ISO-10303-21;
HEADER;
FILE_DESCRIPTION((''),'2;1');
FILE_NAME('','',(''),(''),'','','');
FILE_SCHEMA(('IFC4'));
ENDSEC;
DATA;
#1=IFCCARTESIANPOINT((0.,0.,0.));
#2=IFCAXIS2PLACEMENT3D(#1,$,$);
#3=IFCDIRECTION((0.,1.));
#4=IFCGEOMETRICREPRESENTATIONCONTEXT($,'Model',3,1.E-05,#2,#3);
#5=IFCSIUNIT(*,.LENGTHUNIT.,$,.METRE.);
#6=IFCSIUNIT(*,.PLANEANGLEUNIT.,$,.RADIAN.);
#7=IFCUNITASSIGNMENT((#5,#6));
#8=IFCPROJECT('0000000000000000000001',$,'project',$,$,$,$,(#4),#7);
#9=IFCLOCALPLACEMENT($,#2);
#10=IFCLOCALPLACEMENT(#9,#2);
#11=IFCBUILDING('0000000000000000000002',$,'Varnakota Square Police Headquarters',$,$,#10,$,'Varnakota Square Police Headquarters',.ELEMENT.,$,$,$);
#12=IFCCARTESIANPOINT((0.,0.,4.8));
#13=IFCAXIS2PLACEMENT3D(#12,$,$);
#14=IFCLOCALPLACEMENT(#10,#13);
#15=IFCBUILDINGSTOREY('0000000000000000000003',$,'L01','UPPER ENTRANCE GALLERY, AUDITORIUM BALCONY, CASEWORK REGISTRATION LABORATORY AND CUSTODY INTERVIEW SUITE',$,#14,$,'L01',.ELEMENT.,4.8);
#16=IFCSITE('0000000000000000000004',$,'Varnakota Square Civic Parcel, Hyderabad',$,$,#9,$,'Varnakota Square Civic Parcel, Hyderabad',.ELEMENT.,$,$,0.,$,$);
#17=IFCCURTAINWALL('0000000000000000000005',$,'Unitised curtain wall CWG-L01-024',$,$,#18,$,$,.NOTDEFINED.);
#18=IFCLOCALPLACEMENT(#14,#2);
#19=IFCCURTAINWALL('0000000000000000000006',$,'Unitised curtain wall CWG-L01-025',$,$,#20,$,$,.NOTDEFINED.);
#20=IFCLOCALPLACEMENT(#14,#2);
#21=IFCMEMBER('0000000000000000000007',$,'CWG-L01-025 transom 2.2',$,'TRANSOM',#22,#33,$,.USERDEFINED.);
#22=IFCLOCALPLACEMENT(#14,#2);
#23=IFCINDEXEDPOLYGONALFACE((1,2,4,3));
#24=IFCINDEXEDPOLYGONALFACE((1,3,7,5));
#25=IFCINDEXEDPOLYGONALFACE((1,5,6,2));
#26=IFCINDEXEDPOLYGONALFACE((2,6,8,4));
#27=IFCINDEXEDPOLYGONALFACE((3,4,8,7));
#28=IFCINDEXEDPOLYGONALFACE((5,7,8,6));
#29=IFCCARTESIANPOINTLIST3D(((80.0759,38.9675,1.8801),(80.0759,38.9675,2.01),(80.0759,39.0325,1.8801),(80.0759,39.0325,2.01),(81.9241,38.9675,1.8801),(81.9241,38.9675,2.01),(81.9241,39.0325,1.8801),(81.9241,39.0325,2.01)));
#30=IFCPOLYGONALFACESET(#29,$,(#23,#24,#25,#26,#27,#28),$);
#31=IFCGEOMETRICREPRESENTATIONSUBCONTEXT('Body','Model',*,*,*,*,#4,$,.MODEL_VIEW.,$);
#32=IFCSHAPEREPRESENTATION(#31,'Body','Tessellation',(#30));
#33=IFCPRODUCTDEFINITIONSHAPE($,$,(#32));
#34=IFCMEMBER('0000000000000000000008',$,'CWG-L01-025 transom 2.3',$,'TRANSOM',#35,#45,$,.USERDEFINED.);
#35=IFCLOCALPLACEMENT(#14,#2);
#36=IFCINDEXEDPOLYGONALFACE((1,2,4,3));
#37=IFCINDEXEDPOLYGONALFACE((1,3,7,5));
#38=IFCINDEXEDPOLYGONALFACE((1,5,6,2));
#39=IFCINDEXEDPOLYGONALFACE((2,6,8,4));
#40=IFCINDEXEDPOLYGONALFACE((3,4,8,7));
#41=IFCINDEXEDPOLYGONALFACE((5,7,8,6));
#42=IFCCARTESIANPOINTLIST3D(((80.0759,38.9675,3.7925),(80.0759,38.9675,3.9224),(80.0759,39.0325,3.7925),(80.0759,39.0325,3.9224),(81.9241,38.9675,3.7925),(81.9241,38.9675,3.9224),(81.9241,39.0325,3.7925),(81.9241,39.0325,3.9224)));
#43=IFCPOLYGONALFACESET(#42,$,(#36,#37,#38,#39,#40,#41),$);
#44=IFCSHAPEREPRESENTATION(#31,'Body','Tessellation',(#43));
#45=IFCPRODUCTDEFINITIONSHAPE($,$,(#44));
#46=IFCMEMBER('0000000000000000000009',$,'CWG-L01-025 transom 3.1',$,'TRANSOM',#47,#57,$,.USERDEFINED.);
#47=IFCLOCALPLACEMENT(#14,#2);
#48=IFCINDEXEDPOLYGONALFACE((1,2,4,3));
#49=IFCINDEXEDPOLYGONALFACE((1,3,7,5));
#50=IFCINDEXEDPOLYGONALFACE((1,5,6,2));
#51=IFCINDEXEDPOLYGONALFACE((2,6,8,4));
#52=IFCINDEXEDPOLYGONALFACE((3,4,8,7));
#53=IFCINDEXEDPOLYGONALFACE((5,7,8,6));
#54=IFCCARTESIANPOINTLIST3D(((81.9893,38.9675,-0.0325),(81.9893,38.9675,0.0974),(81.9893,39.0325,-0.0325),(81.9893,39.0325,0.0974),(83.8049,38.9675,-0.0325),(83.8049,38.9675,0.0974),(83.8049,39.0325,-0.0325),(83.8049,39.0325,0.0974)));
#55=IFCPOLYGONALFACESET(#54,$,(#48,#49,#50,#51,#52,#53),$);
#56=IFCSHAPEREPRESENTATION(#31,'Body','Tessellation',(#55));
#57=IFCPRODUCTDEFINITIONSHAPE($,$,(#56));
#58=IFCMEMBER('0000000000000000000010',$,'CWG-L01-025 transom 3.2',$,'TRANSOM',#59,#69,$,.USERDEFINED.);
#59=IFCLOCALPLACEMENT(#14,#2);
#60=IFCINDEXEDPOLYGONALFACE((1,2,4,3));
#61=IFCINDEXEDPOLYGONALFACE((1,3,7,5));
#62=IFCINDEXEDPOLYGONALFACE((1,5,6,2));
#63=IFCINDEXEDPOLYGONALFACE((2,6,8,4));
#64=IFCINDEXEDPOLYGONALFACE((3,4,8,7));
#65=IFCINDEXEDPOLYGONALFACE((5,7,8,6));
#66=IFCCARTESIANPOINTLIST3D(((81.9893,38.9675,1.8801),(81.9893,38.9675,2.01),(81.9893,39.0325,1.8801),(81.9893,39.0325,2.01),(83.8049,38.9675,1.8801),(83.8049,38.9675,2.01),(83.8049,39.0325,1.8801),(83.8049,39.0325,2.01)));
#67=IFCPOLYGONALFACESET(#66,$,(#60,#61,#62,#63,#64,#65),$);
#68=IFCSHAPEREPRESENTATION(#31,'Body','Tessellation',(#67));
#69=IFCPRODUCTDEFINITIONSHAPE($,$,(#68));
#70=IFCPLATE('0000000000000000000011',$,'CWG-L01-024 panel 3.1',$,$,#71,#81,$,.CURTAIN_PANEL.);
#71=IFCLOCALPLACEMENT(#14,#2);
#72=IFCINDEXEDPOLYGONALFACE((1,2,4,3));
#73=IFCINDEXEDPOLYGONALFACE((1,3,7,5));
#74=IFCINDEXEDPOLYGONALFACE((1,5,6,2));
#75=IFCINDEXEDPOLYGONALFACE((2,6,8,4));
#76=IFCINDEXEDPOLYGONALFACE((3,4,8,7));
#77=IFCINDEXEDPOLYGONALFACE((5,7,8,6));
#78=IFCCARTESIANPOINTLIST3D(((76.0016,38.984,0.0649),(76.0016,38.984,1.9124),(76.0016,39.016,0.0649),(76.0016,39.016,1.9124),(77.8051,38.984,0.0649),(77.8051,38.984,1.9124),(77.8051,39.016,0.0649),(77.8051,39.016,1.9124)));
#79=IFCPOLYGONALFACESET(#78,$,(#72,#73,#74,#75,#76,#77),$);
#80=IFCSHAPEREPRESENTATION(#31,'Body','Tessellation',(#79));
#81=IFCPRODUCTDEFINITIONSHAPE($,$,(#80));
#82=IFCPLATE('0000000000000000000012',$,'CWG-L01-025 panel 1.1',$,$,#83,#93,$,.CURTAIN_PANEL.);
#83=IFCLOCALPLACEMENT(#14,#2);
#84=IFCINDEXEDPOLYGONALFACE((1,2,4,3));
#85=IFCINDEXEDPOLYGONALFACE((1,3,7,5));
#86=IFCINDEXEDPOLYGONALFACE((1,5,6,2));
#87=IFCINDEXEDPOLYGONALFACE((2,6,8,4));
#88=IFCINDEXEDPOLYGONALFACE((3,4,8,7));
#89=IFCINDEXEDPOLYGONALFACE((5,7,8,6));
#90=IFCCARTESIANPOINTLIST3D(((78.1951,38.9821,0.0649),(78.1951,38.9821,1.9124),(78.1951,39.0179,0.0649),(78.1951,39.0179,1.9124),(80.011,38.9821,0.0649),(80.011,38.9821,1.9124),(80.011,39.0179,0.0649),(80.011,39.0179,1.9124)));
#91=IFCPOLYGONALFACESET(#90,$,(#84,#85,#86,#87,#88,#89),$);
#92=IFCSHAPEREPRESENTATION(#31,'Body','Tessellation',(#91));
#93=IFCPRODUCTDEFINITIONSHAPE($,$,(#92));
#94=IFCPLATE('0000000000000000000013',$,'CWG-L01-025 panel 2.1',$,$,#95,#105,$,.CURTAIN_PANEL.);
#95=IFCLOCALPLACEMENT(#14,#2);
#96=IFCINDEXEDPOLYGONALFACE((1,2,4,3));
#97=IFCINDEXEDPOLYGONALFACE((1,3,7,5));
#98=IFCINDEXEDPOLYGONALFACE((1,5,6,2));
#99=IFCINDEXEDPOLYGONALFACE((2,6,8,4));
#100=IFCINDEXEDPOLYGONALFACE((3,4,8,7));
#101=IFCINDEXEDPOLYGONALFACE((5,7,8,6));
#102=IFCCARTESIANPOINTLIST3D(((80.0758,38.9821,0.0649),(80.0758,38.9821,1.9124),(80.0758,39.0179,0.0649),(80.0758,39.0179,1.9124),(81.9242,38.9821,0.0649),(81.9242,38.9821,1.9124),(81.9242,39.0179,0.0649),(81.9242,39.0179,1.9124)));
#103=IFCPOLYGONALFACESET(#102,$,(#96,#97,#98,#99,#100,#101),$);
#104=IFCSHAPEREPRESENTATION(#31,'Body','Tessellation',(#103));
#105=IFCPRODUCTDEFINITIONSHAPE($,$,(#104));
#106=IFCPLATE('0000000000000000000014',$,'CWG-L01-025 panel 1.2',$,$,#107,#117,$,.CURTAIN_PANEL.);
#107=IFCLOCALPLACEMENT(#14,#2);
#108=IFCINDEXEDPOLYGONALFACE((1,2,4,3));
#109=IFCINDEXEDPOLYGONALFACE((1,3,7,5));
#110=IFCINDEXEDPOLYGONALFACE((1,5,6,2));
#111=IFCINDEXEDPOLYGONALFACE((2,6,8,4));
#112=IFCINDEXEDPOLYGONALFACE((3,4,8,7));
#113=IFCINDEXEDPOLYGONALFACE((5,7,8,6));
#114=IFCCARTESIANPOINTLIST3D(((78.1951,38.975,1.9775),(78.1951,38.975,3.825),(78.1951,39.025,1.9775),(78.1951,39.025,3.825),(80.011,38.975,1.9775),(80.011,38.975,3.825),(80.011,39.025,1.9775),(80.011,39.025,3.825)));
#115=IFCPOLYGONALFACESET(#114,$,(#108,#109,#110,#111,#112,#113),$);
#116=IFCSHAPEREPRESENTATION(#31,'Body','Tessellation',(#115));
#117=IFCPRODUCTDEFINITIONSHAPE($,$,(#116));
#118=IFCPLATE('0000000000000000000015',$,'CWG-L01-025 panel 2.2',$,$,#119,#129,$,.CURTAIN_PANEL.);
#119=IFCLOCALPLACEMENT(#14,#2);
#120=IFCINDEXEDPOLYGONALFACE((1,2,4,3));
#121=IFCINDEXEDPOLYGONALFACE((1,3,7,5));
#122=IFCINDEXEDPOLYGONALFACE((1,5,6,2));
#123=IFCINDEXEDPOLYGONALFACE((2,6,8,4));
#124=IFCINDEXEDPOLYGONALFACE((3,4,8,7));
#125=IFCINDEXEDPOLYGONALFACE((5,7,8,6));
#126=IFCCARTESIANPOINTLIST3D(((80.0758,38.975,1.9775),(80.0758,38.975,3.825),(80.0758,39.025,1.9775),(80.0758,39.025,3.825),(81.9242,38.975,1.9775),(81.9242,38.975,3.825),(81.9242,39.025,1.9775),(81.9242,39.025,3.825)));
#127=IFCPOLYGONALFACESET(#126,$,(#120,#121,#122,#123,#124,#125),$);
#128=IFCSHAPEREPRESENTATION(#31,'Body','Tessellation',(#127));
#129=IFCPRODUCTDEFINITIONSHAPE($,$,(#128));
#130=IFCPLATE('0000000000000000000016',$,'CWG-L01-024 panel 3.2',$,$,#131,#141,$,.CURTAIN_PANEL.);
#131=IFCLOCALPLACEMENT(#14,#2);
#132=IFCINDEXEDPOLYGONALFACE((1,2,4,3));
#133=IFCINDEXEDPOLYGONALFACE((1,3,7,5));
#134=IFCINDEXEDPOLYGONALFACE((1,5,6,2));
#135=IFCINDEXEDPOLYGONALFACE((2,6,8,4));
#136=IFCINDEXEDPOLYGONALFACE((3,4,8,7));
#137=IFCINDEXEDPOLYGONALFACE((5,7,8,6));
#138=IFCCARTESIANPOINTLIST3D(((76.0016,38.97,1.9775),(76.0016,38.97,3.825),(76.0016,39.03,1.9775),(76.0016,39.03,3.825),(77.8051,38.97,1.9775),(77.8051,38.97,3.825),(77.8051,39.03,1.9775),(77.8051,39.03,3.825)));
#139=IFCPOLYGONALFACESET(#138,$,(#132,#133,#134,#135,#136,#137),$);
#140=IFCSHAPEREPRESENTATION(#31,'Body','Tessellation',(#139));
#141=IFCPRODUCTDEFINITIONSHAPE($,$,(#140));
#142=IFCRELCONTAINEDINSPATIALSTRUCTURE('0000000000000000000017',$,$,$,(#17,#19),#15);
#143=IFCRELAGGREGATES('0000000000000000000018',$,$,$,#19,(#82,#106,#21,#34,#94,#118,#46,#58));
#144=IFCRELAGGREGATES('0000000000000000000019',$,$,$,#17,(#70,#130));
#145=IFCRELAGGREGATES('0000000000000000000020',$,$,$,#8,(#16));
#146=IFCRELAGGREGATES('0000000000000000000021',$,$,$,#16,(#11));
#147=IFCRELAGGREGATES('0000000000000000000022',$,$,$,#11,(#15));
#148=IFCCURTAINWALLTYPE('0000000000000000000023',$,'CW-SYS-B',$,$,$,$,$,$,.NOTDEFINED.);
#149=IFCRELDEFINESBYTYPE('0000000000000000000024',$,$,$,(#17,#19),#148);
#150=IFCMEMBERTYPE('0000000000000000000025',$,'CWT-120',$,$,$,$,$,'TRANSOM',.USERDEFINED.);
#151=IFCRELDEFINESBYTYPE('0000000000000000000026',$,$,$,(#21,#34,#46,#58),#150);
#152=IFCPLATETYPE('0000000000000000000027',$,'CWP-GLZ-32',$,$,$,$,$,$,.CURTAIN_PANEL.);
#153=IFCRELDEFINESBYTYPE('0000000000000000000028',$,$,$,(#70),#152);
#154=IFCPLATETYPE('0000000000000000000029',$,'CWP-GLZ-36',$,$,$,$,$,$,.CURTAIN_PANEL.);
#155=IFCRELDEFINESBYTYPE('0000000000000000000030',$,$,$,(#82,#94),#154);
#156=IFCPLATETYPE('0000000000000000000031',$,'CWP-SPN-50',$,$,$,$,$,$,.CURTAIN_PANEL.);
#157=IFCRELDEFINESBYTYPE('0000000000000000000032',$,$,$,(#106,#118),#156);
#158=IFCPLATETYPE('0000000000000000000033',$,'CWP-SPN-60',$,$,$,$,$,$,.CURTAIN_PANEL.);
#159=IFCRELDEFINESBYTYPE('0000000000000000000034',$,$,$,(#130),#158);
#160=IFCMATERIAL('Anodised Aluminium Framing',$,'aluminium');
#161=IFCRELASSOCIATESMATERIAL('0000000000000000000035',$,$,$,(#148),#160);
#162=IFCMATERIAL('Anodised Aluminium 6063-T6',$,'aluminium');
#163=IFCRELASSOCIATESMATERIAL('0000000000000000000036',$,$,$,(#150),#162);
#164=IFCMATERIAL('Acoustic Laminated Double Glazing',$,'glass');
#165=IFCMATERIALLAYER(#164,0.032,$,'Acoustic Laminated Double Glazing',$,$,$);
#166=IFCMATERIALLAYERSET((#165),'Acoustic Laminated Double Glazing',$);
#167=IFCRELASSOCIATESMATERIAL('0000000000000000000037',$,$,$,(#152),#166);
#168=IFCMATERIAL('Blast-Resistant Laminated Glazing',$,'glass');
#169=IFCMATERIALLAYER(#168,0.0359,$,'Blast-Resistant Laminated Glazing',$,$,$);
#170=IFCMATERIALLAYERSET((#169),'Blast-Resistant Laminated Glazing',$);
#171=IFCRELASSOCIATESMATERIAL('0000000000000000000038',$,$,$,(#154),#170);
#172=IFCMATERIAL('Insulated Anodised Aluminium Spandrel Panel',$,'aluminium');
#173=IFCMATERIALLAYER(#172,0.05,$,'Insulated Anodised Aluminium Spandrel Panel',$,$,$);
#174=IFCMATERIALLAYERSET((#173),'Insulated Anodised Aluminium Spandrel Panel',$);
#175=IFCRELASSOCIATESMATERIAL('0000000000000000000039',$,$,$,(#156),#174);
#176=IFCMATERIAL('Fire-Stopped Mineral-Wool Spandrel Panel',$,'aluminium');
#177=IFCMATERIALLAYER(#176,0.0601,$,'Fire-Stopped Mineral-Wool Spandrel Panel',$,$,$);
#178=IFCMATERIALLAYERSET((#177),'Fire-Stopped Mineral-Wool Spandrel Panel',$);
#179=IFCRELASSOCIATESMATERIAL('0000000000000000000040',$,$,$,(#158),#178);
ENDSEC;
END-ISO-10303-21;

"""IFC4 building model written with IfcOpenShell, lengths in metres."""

from ifc_helpers import new_model, si_unit, direction, frame, origin, origin_2d, place, context, subcontext, project, spatial, rectangle, extrude, material, layer, layer_set, material_profile, profile_set, type_object, element, aggregate, save


model = new_model("IFC4")

# Units and contexts
model_context = context("Model", 3, precision=1e-05, world=origin(), true_north=direction((0.0, 1.0)))
body_context = subcontext(model_context, "Body", "Model", "MODEL_VIEW")
ifc_project = project(units=[si_unit("LENGTHUNIT", "METRE"), si_unit("PLANEANGLEUNIT", "RADIAN")], contexts=[model_context])

# Site, building, storey
site_placement = place(None, origin())
site = spatial("IfcSite", under=ifc_project, at=site_placement, Name="Varnakota Square Civic Parcel, Hyderabad", LongName="Varnakota Square Civic Parcel, Hyderabad", CompositionType="ELEMENT", RefElevation=0.0)
building_placement = place(site_placement, origin())
building = spatial("IfcBuilding", under=site, at=building_placement, Name="Varnakota Square Police Headquarters", LongName="Varnakota Square Police Headquarters", CompositionType="ELEMENT")
storey_placement = place(building_placement, frame((0.0, 0.0, 4.8)))
storey = spatial("IfcBuildingStorey", under=building, at=storey_placement, Name="L01", Description="UPPER ENTRANCE GALLERY, AUDITORIUM BALCONY, CASEWORK REGISTRATION LABORATORY AND CUSTODY INTERVIEW SUITE", LongName="L01", CompositionType="ELEMENT", Elevation=4.8)

# Curtain wall
ifc_material_1 = material(Name="Anodised Aluminium Framing", Category="aluminium")
curtain_wall_type = type_object("IfcCurtainWallType", Name="CW-SYS-B", PredefinedType="NOTDEFINED", material=ifc_material_1)
curtain_wall_1_placement = place(storey_placement, origin())
curtain_wall_1 = element("IfcCurtainWall", 1, at=curtain_wall_1_placement, inside=storey, type_object=curtain_wall_type, Name="Unitised curtain wall CWG-L01-024", PredefinedType="NOTDEFINED")
ifc_material_2 = material(Name="Anodised Aluminium 6063-T6", Category="aluminium")

# Curtain wall
curtain_wall_2_placement = place(storey_placement, origin())
curtain_wall_2 = element("IfcCurtainWall", 2, at=curtain_wall_2_placement, inside=storey, type_object=curtain_wall_type, Name="Unitised curtain wall CWG-L01-025", PredefinedType="NOTDEFINED")

# Members
ifc_material_profile_1 = material_profile(ifc_material_2, rectangle(XDim=0.0649, YDim=0.1299, at=origin_2d()), Name="ALU TRANSOM 65x130")
ifc_profile_set_1 = profile_set([ifc_material_profile_1], Name="Anodised Aluminium 6063-T6")
member_type_1 = type_object("IfcMemberType", Name="CWT-120", ElementType="TRANSOM", PredefinedType="USERDEFINED", material=ifc_profile_set_1)
member_1_placement = place(storey_placement, frame((80.0759, 39.0, 1.9451), z_axis=(1.0, 0.0, 0.0), x_axis=(0.0, 1.0, 0.0)))
member_1 = element("IfcMember", 3, at=member_1_placement, type_object=member_type_1, Name="CWG-L01-025 transom 2.2", ObjectType="TRANSOM", PredefinedType="USERDEFINED", context=body_context, shape_type="SweptSolid", body=[
    extrude(rectangle(XDim=0.0649, YDim=0.1299, at=origin_2d()), origin(), (0.0, 0.0, 1.0), 1.8481),
])
member_2_placement = place(storey_placement, frame((80.0759, 39.0, 3.8574), z_axis=(1.0, 0.0, 0.0), x_axis=(0.0, 1.0, 0.0)))
member_2 = element("IfcMember", 4, at=member_2_placement, type_object=member_type_1, Name="CWG-L01-025 transom 2.3", ObjectType="TRANSOM", PredefinedType="USERDEFINED", context=body_context, shape_type="SweptSolid", body=[
    extrude(rectangle(XDim=0.0649, YDim=0.1299, at=origin_2d()), origin(), (0.0, 0.0, 1.0), 1.8481),
])
member_3_placement = place(storey_placement, frame((81.9893, 39.0, 0.0325), z_axis=(1.0, 0.0, 0.0), x_axis=(0.0, 1.0, 0.0)))
member_3 = element("IfcMember", 5, at=member_3_placement, type_object=member_type_1, Name="CWG-L01-025 transom 3.1", ObjectType="TRANSOM", PredefinedType="USERDEFINED", context=body_context, shape_type="SweptSolid", body=[
    extrude(rectangle(XDim=0.0649, YDim=0.1299, at=origin_2d()), origin(), (0.0, 0.0, 1.0), 1.8157),
])
member_4_placement = place(storey_placement, frame((81.9893, 39.0, 1.9451), z_axis=(1.0, 0.0, 0.0), x_axis=(0.0, 1.0, 0.0)))
member_4 = element("IfcMember", 6, at=member_4_placement, type_object=member_type_1, Name="CWG-L01-025 transom 3.2", ObjectType="TRANSOM", PredefinedType="USERDEFINED", context=body_context, shape_type="SweptSolid", body=[
    extrude(rectangle(XDim=0.0649, YDim=0.1299, at=origin_2d()), origin(), (0.0, 0.0, 1.0), 1.8157),
])

# Plates
ifc_material_3 = material(Name="Acoustic Laminated Double Glazing", Category="glass")
ifc_layer_1 = layer(ifc_material_3, 0.032, Name="Acoustic Laminated Double Glazing")
ifc_layer_set_1 = layer_set([ifc_layer_1], Name="Acoustic Laminated Double Glazing")
plate_type_1 = type_object("IfcPlateType", Name="CWP-GLZ-32", PredefinedType="CURTAIN_PANEL", material=ifc_layer_set_1)
plate_1_placement = place(storey_placement, frame((76.9033, 39.0, 0.0649), z_axis=(0.0, 0.0, 1.0), x_axis=(1.0, 0.0, 0.0)))
plate_1 = element("IfcPlate", 7, at=plate_1_placement, type_object=plate_type_1, Name="CWG-L01-024 panel 3.1", PredefinedType="CURTAIN_PANEL", context=body_context, shape_type="SweptSolid", body=[
    extrude(rectangle(XDim=1.8035, YDim=0.032, at=origin_2d()), origin(), (0.0, 0.0, 1.0), 1.8474),
])
ifc_material_4 = material(Name="Blast-Resistant Laminated Glazing", Category="glass")
ifc_layer_2 = layer(ifc_material_4, 0.0359, Name="Blast-Resistant Laminated Glazing")
ifc_layer_set_2 = layer_set([ifc_layer_2], Name="Blast-Resistant Laminated Glazing")
plate_type_2 = type_object("IfcPlateType", Name="CWP-GLZ-36", PredefinedType="CURTAIN_PANEL", material=ifc_layer_set_2)
plate_2_placement = place(storey_placement, frame((79.103, 39.0, 0.0649), z_axis=(0.0, 0.0, 1.0), x_axis=(1.0, 0.0, 0.0)))
plate_2 = element("IfcPlate", 8, at=plate_2_placement, type_object=plate_type_2, Name="CWG-L01-025 panel 1.1", PredefinedType="CURTAIN_PANEL", context=body_context, shape_type="SweptSolid", body=[
    extrude(rectangle(XDim=1.8159, YDim=0.0359, at=origin_2d()), origin(), (0.0, 0.0, 1.0), 1.8474),
])
plate_3_placement = place(storey_placement, frame((81.0, 39.0, 0.0649), z_axis=(0.0, 0.0, 1.0), x_axis=(1.0, 0.0, 0.0)))
plate_3 = element("IfcPlate", 9, at=plate_3_placement, type_object=plate_type_2, Name="CWG-L01-025 panel 2.1", PredefinedType="CURTAIN_PANEL", context=body_context, shape_type="SweptSolid", body=[
    extrude(rectangle(XDim=1.8484, YDim=0.0359, at=origin_2d()), origin(), (0.0, 0.0, 1.0), 1.8474),
])
ifc_material_5 = material(Name="Insulated Anodised Aluminium Spandrel Panel", Category="aluminium")
ifc_layer_3 = layer(ifc_material_5, 0.05, Name="Insulated Anodised Aluminium Spandrel Panel")
ifc_layer_set_3 = layer_set([ifc_layer_3], Name="Insulated Anodised Aluminium Spandrel Panel")
plate_type_3 = type_object("IfcPlateType", Name="CWP-SPN-50", PredefinedType="CURTAIN_PANEL", material=ifc_layer_set_3)
plate_4_placement = place(storey_placement, frame((79.103, 39.0, 1.9775), z_axis=(0.0, 0.0, 1.0), x_axis=(1.0, 0.0, 0.0)))
plate_4 = element("IfcPlate", 10, at=plate_4_placement, type_object=plate_type_3, Name="CWG-L01-025 panel 1.2", PredefinedType="CURTAIN_PANEL", context=body_context, shape_type="SweptSolid", body=[
    extrude(rectangle(XDim=1.8159, YDim=0.05, at=origin_2d()), origin(), (0.0, 0.0, 1.0), 1.8474),
])
plate_5_placement = place(storey_placement, frame((81.0, 39.0, 1.9775), z_axis=(0.0, 0.0, 1.0), x_axis=(1.0, 0.0, 0.0)))
plate_5 = element("IfcPlate", 11, at=plate_5_placement, type_object=plate_type_3, Name="CWG-L01-025 panel 2.2", PredefinedType="CURTAIN_PANEL", context=body_context, shape_type="SweptSolid", body=[
    extrude(rectangle(XDim=1.8484, YDim=0.05, at=origin_2d()), origin(), (0.0, 0.0, 1.0), 1.8474),
])
aggregate(curtain_wall_2, [plate_2, plate_4, member_1, member_2, plate_3, plate_5, member_3, member_4])
ifc_material_6 = material(Name="Fire-Stopped Mineral-Wool Spandrel Panel", Category="aluminium")
ifc_layer_4 = layer(ifc_material_6, 0.0601, Name="Fire-Stopped Mineral-Wool Spandrel Panel")
ifc_layer_set_4 = layer_set([ifc_layer_4], Name="Fire-Stopped Mineral-Wool Spandrel Panel")
plate_type_4 = type_object("IfcPlateType", Name="CWP-SPN-60", PredefinedType="CURTAIN_PANEL", material=ifc_layer_set_4)
plate_6_placement = place(storey_placement, frame((76.9033, 39.0, 1.9775), z_axis=(0.0, 0.0, 1.0), x_axis=(1.0, 0.0, 0.0)))
plate_6 = element("IfcPlate", 12, at=plate_6_placement, type_object=plate_type_4, Name="CWG-L01-024 panel 3.2", PredefinedType="CURTAIN_PANEL", context=body_context, shape_type="SweptSolid", body=[
    extrude(rectangle(XDim=1.8035, YDim=0.0601, at=origin_2d()), origin(), (0.0, 0.0, 1.0), 1.8474),
])
aggregate(curtain_wall_1, [plate_1, plate_6])

save(model, "model.ifc")
